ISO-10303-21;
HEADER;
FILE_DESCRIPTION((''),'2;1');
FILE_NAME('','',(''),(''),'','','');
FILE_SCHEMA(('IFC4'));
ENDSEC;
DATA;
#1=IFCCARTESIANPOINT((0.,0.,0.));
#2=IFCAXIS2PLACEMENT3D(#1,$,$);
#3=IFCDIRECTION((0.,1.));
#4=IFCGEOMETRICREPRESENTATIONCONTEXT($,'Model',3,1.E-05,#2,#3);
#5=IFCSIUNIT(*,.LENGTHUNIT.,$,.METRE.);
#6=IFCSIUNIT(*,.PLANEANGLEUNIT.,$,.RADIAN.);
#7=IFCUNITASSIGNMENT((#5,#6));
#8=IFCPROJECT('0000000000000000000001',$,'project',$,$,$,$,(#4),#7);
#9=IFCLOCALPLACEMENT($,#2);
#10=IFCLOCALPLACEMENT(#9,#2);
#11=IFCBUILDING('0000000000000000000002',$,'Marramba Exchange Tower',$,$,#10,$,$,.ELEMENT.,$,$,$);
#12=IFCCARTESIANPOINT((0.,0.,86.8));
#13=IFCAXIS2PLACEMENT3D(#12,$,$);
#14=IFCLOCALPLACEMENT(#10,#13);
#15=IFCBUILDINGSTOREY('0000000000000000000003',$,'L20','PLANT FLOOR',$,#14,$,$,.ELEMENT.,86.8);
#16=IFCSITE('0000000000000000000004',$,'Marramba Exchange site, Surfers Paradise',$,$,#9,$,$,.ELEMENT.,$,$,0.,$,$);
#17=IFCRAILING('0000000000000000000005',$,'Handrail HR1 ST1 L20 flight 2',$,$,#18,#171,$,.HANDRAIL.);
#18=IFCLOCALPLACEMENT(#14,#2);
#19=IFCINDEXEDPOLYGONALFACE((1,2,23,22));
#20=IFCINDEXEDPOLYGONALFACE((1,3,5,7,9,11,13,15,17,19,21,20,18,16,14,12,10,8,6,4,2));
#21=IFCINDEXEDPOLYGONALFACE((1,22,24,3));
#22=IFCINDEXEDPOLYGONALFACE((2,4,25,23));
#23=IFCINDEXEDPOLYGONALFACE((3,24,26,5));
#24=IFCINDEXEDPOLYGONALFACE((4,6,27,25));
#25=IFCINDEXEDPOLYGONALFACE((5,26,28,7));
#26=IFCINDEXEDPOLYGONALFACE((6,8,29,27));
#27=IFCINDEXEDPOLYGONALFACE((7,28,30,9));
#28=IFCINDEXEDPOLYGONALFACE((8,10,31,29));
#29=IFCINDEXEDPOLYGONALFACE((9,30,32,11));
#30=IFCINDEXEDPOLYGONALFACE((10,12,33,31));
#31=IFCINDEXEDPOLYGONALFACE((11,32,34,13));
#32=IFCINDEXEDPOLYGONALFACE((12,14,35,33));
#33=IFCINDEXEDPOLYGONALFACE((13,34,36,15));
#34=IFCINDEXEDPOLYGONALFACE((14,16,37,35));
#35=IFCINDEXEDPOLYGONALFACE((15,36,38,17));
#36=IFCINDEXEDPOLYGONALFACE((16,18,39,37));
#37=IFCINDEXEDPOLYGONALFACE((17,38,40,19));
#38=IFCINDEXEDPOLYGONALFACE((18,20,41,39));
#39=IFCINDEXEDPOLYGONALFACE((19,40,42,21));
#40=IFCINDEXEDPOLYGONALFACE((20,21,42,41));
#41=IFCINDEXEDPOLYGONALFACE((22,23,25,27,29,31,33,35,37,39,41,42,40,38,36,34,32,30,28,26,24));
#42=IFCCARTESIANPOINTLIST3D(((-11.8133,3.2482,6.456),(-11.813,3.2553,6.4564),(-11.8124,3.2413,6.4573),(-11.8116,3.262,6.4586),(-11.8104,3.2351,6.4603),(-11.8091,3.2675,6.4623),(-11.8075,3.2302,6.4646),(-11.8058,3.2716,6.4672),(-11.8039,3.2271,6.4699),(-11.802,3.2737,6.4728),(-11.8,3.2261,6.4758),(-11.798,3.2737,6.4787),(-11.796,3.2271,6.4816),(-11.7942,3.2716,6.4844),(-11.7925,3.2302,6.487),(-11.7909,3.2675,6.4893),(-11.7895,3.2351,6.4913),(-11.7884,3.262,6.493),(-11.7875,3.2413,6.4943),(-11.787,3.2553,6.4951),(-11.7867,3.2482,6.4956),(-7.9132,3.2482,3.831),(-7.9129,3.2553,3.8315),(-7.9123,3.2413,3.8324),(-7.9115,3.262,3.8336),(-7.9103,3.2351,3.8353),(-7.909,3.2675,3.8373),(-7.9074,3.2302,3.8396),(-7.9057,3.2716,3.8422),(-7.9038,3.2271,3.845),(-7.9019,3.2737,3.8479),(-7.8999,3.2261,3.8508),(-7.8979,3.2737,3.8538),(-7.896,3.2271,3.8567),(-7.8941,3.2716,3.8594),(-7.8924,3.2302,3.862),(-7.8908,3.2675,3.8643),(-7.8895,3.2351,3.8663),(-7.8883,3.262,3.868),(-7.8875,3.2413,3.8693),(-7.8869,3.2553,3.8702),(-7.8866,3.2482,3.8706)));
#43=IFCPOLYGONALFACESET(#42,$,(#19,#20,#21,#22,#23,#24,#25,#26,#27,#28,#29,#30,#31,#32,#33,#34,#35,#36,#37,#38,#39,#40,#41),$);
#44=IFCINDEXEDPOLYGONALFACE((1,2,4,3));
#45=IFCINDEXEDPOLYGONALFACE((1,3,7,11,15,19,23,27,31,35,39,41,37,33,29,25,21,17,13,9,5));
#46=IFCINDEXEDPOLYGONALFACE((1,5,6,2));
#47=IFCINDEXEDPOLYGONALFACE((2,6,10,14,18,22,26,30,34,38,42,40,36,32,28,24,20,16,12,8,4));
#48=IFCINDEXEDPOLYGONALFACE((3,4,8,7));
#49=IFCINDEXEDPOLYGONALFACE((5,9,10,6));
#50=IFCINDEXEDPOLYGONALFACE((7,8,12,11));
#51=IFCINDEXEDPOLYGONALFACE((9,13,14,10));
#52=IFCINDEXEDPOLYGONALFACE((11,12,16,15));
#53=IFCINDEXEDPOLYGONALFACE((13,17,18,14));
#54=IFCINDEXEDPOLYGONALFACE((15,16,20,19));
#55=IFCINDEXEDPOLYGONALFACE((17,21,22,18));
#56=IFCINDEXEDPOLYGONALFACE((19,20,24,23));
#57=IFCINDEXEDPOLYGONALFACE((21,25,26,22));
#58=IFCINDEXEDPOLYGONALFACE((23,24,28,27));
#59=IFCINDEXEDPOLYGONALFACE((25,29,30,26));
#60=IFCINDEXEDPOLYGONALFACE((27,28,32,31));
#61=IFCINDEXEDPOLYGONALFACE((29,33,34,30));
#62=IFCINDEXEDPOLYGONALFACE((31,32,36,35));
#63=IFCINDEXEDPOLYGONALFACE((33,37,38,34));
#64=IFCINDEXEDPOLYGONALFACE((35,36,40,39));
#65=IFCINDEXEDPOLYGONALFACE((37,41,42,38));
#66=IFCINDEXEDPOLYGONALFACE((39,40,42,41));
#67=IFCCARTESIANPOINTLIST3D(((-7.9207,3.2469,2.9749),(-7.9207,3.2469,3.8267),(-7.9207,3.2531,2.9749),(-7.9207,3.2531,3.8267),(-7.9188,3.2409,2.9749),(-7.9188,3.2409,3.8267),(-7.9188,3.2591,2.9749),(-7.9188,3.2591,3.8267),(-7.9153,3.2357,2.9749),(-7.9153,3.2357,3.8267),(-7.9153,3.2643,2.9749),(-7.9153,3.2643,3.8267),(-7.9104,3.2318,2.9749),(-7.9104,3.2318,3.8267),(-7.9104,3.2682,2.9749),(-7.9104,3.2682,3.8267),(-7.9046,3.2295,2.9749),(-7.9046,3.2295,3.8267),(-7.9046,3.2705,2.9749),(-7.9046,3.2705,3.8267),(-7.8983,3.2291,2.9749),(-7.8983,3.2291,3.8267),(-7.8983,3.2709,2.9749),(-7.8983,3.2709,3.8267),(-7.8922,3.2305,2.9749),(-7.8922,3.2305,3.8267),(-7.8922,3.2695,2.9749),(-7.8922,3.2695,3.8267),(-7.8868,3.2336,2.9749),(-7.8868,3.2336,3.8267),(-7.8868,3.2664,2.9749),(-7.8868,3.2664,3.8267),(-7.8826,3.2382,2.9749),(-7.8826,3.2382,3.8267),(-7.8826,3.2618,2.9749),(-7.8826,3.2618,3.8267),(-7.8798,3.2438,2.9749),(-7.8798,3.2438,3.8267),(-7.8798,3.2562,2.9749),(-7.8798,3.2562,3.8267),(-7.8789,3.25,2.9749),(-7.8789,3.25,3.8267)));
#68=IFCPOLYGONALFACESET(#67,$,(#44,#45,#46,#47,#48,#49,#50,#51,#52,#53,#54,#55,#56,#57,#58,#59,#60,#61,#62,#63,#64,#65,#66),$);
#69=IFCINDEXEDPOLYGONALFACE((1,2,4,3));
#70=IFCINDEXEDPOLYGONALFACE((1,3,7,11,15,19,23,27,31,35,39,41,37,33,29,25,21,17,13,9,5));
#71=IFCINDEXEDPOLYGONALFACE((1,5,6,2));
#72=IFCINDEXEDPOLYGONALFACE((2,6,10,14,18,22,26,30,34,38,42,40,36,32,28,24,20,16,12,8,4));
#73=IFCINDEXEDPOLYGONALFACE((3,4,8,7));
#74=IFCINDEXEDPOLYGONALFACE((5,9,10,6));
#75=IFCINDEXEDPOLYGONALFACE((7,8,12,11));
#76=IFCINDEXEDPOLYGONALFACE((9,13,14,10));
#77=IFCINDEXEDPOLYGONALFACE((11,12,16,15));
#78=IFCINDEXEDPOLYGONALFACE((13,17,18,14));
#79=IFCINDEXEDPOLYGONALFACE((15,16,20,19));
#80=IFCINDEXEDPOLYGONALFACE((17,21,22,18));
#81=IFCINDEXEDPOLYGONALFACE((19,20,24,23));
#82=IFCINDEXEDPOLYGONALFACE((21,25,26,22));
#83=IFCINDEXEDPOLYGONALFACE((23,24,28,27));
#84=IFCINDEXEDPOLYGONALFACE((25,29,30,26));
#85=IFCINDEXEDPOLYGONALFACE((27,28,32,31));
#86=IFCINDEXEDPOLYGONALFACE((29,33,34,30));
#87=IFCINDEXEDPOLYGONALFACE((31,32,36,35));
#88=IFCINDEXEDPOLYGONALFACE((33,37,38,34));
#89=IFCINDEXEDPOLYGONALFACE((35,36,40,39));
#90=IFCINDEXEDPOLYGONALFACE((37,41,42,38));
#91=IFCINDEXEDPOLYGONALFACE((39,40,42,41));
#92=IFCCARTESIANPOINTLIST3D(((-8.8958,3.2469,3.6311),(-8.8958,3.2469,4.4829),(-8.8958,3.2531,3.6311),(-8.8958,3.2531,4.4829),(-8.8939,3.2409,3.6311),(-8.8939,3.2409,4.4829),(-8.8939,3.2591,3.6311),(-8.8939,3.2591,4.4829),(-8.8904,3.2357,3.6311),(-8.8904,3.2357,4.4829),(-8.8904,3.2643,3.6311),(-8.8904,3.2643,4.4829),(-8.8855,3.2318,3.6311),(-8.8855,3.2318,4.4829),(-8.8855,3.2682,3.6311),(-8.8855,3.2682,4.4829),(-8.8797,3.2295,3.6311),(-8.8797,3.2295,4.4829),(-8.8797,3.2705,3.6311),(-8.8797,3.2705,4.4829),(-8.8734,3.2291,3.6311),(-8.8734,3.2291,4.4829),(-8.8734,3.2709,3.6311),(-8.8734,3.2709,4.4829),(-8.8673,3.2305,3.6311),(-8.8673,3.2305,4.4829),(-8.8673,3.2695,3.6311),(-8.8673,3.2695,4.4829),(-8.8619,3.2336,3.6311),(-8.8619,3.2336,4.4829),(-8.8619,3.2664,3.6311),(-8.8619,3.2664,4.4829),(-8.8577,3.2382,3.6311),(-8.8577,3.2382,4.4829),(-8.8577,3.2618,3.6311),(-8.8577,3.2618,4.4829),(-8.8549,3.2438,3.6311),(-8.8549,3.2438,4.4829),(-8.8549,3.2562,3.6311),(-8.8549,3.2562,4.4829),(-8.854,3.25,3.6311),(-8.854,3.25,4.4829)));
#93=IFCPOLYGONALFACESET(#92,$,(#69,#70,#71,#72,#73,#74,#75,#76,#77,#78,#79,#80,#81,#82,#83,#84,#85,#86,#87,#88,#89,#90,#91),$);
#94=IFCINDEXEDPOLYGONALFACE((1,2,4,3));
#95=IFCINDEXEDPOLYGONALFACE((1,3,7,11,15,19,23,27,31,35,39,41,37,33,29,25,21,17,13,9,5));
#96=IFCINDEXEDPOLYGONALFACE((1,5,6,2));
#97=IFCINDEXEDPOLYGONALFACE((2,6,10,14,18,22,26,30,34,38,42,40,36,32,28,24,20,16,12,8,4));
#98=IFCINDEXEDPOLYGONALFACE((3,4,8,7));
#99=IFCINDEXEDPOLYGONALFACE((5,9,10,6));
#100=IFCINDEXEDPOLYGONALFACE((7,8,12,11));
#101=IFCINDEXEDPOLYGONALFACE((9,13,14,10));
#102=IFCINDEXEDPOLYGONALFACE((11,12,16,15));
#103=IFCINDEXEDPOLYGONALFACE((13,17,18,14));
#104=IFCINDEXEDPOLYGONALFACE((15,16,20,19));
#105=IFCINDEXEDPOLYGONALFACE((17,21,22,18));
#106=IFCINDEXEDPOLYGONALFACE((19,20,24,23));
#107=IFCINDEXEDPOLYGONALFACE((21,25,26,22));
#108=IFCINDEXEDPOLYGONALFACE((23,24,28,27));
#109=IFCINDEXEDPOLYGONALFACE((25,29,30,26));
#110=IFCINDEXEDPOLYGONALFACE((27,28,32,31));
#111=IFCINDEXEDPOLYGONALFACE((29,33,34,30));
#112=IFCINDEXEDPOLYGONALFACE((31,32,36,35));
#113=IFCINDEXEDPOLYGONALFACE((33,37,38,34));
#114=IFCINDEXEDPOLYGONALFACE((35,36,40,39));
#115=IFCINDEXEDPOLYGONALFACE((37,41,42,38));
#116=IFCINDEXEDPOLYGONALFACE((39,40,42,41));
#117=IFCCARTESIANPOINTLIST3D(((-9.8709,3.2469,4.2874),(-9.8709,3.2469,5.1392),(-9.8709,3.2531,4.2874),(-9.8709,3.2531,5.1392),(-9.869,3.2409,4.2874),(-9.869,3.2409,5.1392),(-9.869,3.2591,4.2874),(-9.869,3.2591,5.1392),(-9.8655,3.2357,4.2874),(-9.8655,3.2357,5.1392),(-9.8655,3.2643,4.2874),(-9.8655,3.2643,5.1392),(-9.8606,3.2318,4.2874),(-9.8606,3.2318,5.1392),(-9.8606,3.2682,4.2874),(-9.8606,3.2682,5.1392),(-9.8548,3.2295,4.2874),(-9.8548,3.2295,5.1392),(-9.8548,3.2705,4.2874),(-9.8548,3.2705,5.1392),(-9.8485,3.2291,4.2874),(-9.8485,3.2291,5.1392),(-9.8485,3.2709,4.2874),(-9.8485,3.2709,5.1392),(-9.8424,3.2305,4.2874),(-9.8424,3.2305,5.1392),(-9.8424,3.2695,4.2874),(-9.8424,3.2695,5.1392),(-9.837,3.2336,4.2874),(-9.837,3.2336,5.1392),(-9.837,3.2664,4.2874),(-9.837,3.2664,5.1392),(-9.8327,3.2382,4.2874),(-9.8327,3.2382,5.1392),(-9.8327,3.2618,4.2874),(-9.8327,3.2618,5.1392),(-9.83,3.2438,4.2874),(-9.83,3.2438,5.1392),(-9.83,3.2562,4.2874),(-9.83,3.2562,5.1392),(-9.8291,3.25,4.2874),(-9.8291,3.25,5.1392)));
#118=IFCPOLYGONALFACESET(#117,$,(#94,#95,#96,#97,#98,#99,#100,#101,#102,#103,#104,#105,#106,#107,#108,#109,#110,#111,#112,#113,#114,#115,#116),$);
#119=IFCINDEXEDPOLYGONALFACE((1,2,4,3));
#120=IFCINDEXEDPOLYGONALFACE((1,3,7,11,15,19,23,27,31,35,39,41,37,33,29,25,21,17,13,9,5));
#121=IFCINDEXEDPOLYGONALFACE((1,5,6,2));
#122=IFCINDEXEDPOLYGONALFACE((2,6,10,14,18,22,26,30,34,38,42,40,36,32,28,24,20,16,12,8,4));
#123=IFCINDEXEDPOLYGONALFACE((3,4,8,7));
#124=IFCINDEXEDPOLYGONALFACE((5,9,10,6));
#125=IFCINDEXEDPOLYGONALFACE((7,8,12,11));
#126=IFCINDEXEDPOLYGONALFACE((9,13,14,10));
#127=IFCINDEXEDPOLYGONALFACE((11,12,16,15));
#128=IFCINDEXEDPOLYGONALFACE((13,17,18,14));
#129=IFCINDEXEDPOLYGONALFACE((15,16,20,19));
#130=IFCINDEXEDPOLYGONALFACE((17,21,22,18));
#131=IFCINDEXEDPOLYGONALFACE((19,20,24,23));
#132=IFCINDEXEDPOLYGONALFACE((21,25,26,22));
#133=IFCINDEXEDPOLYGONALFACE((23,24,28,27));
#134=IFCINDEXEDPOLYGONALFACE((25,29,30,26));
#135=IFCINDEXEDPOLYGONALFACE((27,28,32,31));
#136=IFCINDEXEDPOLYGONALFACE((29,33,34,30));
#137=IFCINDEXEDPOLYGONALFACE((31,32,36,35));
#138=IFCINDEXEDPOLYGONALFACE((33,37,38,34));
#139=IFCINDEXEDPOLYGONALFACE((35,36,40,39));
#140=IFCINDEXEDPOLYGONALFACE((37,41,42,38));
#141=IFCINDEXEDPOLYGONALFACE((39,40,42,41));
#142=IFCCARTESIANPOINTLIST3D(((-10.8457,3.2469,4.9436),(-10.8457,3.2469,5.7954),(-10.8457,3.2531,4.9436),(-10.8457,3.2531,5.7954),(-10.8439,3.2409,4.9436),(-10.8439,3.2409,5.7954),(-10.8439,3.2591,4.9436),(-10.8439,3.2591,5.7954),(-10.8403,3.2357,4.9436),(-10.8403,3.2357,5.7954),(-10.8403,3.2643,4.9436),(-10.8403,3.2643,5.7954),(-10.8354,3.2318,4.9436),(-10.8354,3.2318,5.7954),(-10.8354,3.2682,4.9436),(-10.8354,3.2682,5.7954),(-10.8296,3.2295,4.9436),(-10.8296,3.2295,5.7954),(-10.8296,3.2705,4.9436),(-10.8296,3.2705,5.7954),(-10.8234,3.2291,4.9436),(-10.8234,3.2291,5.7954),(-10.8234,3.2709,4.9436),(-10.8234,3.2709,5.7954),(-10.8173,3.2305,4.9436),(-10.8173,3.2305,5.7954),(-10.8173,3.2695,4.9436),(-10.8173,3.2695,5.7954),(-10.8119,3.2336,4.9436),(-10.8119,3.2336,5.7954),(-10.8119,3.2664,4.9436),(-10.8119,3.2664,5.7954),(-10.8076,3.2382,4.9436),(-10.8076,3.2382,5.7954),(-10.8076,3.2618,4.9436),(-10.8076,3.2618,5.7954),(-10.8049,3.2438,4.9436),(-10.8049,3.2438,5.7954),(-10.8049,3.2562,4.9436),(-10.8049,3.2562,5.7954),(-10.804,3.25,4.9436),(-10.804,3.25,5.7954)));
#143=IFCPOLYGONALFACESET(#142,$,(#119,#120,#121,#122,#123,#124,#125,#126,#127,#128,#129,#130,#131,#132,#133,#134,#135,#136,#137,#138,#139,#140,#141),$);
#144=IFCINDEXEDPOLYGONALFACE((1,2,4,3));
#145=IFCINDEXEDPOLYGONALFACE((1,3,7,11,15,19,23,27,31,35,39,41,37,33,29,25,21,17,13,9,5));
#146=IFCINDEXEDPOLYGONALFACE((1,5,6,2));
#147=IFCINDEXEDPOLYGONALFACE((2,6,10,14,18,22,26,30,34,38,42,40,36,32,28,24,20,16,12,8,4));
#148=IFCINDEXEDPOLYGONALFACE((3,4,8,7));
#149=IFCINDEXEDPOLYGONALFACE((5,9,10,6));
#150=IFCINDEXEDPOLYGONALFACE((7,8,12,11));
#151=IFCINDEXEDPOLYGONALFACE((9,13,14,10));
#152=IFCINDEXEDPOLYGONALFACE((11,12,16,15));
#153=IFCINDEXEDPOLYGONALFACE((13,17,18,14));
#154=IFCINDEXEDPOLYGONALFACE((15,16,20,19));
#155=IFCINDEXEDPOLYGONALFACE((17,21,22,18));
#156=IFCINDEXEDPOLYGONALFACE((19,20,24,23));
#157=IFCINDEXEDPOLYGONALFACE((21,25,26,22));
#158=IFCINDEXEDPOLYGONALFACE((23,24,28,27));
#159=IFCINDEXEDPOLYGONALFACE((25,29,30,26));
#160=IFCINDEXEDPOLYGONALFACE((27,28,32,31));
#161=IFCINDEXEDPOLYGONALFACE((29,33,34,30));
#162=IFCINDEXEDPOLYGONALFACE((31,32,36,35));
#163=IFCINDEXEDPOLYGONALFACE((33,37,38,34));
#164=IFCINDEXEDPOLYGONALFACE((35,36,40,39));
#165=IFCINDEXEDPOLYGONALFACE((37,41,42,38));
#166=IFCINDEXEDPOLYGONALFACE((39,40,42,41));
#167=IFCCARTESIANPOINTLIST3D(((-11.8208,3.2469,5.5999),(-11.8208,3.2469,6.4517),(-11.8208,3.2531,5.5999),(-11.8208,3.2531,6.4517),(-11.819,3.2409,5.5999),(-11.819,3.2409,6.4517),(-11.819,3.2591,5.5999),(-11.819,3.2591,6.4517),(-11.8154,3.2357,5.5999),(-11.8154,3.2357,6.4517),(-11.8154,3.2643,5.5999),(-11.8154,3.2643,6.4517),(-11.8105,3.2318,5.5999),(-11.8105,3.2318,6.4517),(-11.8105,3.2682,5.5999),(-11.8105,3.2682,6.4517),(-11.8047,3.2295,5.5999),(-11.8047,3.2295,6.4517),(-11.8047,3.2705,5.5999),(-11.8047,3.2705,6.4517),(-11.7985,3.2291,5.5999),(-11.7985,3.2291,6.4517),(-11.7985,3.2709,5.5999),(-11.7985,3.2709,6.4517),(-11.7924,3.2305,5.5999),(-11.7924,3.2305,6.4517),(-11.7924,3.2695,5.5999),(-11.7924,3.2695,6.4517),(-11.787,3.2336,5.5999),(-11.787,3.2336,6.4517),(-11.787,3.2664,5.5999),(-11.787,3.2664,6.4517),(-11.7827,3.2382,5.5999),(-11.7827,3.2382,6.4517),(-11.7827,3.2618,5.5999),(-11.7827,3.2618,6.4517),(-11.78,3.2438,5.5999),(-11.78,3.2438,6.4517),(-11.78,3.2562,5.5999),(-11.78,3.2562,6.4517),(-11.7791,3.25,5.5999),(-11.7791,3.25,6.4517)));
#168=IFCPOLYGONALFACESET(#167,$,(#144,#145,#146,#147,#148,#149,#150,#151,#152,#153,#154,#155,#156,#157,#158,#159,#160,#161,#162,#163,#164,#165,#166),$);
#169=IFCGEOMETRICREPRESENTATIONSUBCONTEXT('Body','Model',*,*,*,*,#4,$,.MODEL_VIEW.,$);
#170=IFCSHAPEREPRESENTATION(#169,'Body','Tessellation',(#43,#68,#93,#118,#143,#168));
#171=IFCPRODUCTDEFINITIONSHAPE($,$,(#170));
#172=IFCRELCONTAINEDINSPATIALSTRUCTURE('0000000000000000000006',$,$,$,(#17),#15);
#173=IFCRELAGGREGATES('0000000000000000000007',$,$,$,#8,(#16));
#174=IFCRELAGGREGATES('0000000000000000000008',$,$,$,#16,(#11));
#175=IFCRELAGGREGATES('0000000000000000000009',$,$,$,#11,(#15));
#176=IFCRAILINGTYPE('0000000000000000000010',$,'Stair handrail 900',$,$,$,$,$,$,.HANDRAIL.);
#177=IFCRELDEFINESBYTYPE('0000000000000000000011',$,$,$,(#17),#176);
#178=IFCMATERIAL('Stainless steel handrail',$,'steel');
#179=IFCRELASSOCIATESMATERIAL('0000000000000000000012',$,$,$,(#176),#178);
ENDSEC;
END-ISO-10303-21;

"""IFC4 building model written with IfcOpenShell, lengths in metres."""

from ifc_helpers import new_model, si_unit, direction, frame, origin, origin_2d, place, context, subcontext, project, spatial, circle, extrude, material, type_object, element, save


model = new_model("IFC4")

# Units and contexts
model_context = context("Model", 3, precision=1e-05, world=origin(), true_north=direction((0.0, 1.0)))
body_context = subcontext(model_context, "Body", "Model", "MODEL_VIEW")
ifc_project = project(units=[si_unit("LENGTHUNIT", "METRE"), si_unit("PLANEANGLEUNIT", "RADIAN")], contexts=[model_context])

# Site, building, storey
site_placement = place(None, origin())
site = spatial("IfcSite", under=ifc_project, at=site_placement, Name="Marramba Exchange site, Surfers Paradise", CompositionType="ELEMENT", RefElevation=0.0)
building_placement = place(site_placement, origin())
building = spatial("IfcBuilding", under=site, at=building_placement, Name="Marramba Exchange Tower", CompositionType="ELEMENT")
storey_placement = place(building_placement, frame((0.0, 0.0, 86.8)))
storey = spatial("IfcBuildingStorey", under=building, at=storey_placement, Name="L20", Description="PLANT FLOOR", CompositionType="ELEMENT", Elevation=86.8)

# Railing
ifc_material_1 = material(Name="Stainless steel handrail", Category="steel")
railing_type = type_object("IfcRailingType", Name="Stair handrail 900", PredefinedType="HANDRAIL", material=ifc_material_1)
railing_placement = place(storey_placement, frame((-7.8999, 3.25, 2.9749)))
element("IfcRailing", 1, at=railing_placement, inside=storey, type_object=railing_type, Name="Handrail HR1 ST1 L20 flight 2", PredefinedType="HANDRAIL", context=body_context, shape_type="SweptSolid", body=[
    extrude(circle(Radius=0.0239, at=origin_2d()), frame((0.0, 0.0, 0.876), z_axis=(-0.829597, 0.0, 0.558362), x_axis=(0.0, -1.0, 0.0)), (0.0, 0.0, 1.0), 4.7012),
    extrude(circle(Radius=0.021, at=origin_2d()), origin(), (0.0, 0.0, 1.0), 0.8518),
    extrude(circle(Radius=0.021, at=origin_2d()), frame((-0.9751, 0.0, 0.6562)), (0.0, 0.0, 1.0), 0.8518),
    extrude(circle(Radius=0.021, at=origin_2d()), frame((-1.9502, 0.0, 1.3125)), (0.0, 0.0, 1.0), 0.8518),
    extrude(circle(Radius=0.021, at=origin_2d()), frame((-2.925, 0.0, 1.9688)), (0.0, 0.0, 1.0), 0.8518),
    extrude(circle(Radius=0.021, at=origin_2d()), frame((-3.9001, 0.0, 2.625)), (0.0, 0.0, 1.0), 0.8518),
])

save(model, "model.ifc")
